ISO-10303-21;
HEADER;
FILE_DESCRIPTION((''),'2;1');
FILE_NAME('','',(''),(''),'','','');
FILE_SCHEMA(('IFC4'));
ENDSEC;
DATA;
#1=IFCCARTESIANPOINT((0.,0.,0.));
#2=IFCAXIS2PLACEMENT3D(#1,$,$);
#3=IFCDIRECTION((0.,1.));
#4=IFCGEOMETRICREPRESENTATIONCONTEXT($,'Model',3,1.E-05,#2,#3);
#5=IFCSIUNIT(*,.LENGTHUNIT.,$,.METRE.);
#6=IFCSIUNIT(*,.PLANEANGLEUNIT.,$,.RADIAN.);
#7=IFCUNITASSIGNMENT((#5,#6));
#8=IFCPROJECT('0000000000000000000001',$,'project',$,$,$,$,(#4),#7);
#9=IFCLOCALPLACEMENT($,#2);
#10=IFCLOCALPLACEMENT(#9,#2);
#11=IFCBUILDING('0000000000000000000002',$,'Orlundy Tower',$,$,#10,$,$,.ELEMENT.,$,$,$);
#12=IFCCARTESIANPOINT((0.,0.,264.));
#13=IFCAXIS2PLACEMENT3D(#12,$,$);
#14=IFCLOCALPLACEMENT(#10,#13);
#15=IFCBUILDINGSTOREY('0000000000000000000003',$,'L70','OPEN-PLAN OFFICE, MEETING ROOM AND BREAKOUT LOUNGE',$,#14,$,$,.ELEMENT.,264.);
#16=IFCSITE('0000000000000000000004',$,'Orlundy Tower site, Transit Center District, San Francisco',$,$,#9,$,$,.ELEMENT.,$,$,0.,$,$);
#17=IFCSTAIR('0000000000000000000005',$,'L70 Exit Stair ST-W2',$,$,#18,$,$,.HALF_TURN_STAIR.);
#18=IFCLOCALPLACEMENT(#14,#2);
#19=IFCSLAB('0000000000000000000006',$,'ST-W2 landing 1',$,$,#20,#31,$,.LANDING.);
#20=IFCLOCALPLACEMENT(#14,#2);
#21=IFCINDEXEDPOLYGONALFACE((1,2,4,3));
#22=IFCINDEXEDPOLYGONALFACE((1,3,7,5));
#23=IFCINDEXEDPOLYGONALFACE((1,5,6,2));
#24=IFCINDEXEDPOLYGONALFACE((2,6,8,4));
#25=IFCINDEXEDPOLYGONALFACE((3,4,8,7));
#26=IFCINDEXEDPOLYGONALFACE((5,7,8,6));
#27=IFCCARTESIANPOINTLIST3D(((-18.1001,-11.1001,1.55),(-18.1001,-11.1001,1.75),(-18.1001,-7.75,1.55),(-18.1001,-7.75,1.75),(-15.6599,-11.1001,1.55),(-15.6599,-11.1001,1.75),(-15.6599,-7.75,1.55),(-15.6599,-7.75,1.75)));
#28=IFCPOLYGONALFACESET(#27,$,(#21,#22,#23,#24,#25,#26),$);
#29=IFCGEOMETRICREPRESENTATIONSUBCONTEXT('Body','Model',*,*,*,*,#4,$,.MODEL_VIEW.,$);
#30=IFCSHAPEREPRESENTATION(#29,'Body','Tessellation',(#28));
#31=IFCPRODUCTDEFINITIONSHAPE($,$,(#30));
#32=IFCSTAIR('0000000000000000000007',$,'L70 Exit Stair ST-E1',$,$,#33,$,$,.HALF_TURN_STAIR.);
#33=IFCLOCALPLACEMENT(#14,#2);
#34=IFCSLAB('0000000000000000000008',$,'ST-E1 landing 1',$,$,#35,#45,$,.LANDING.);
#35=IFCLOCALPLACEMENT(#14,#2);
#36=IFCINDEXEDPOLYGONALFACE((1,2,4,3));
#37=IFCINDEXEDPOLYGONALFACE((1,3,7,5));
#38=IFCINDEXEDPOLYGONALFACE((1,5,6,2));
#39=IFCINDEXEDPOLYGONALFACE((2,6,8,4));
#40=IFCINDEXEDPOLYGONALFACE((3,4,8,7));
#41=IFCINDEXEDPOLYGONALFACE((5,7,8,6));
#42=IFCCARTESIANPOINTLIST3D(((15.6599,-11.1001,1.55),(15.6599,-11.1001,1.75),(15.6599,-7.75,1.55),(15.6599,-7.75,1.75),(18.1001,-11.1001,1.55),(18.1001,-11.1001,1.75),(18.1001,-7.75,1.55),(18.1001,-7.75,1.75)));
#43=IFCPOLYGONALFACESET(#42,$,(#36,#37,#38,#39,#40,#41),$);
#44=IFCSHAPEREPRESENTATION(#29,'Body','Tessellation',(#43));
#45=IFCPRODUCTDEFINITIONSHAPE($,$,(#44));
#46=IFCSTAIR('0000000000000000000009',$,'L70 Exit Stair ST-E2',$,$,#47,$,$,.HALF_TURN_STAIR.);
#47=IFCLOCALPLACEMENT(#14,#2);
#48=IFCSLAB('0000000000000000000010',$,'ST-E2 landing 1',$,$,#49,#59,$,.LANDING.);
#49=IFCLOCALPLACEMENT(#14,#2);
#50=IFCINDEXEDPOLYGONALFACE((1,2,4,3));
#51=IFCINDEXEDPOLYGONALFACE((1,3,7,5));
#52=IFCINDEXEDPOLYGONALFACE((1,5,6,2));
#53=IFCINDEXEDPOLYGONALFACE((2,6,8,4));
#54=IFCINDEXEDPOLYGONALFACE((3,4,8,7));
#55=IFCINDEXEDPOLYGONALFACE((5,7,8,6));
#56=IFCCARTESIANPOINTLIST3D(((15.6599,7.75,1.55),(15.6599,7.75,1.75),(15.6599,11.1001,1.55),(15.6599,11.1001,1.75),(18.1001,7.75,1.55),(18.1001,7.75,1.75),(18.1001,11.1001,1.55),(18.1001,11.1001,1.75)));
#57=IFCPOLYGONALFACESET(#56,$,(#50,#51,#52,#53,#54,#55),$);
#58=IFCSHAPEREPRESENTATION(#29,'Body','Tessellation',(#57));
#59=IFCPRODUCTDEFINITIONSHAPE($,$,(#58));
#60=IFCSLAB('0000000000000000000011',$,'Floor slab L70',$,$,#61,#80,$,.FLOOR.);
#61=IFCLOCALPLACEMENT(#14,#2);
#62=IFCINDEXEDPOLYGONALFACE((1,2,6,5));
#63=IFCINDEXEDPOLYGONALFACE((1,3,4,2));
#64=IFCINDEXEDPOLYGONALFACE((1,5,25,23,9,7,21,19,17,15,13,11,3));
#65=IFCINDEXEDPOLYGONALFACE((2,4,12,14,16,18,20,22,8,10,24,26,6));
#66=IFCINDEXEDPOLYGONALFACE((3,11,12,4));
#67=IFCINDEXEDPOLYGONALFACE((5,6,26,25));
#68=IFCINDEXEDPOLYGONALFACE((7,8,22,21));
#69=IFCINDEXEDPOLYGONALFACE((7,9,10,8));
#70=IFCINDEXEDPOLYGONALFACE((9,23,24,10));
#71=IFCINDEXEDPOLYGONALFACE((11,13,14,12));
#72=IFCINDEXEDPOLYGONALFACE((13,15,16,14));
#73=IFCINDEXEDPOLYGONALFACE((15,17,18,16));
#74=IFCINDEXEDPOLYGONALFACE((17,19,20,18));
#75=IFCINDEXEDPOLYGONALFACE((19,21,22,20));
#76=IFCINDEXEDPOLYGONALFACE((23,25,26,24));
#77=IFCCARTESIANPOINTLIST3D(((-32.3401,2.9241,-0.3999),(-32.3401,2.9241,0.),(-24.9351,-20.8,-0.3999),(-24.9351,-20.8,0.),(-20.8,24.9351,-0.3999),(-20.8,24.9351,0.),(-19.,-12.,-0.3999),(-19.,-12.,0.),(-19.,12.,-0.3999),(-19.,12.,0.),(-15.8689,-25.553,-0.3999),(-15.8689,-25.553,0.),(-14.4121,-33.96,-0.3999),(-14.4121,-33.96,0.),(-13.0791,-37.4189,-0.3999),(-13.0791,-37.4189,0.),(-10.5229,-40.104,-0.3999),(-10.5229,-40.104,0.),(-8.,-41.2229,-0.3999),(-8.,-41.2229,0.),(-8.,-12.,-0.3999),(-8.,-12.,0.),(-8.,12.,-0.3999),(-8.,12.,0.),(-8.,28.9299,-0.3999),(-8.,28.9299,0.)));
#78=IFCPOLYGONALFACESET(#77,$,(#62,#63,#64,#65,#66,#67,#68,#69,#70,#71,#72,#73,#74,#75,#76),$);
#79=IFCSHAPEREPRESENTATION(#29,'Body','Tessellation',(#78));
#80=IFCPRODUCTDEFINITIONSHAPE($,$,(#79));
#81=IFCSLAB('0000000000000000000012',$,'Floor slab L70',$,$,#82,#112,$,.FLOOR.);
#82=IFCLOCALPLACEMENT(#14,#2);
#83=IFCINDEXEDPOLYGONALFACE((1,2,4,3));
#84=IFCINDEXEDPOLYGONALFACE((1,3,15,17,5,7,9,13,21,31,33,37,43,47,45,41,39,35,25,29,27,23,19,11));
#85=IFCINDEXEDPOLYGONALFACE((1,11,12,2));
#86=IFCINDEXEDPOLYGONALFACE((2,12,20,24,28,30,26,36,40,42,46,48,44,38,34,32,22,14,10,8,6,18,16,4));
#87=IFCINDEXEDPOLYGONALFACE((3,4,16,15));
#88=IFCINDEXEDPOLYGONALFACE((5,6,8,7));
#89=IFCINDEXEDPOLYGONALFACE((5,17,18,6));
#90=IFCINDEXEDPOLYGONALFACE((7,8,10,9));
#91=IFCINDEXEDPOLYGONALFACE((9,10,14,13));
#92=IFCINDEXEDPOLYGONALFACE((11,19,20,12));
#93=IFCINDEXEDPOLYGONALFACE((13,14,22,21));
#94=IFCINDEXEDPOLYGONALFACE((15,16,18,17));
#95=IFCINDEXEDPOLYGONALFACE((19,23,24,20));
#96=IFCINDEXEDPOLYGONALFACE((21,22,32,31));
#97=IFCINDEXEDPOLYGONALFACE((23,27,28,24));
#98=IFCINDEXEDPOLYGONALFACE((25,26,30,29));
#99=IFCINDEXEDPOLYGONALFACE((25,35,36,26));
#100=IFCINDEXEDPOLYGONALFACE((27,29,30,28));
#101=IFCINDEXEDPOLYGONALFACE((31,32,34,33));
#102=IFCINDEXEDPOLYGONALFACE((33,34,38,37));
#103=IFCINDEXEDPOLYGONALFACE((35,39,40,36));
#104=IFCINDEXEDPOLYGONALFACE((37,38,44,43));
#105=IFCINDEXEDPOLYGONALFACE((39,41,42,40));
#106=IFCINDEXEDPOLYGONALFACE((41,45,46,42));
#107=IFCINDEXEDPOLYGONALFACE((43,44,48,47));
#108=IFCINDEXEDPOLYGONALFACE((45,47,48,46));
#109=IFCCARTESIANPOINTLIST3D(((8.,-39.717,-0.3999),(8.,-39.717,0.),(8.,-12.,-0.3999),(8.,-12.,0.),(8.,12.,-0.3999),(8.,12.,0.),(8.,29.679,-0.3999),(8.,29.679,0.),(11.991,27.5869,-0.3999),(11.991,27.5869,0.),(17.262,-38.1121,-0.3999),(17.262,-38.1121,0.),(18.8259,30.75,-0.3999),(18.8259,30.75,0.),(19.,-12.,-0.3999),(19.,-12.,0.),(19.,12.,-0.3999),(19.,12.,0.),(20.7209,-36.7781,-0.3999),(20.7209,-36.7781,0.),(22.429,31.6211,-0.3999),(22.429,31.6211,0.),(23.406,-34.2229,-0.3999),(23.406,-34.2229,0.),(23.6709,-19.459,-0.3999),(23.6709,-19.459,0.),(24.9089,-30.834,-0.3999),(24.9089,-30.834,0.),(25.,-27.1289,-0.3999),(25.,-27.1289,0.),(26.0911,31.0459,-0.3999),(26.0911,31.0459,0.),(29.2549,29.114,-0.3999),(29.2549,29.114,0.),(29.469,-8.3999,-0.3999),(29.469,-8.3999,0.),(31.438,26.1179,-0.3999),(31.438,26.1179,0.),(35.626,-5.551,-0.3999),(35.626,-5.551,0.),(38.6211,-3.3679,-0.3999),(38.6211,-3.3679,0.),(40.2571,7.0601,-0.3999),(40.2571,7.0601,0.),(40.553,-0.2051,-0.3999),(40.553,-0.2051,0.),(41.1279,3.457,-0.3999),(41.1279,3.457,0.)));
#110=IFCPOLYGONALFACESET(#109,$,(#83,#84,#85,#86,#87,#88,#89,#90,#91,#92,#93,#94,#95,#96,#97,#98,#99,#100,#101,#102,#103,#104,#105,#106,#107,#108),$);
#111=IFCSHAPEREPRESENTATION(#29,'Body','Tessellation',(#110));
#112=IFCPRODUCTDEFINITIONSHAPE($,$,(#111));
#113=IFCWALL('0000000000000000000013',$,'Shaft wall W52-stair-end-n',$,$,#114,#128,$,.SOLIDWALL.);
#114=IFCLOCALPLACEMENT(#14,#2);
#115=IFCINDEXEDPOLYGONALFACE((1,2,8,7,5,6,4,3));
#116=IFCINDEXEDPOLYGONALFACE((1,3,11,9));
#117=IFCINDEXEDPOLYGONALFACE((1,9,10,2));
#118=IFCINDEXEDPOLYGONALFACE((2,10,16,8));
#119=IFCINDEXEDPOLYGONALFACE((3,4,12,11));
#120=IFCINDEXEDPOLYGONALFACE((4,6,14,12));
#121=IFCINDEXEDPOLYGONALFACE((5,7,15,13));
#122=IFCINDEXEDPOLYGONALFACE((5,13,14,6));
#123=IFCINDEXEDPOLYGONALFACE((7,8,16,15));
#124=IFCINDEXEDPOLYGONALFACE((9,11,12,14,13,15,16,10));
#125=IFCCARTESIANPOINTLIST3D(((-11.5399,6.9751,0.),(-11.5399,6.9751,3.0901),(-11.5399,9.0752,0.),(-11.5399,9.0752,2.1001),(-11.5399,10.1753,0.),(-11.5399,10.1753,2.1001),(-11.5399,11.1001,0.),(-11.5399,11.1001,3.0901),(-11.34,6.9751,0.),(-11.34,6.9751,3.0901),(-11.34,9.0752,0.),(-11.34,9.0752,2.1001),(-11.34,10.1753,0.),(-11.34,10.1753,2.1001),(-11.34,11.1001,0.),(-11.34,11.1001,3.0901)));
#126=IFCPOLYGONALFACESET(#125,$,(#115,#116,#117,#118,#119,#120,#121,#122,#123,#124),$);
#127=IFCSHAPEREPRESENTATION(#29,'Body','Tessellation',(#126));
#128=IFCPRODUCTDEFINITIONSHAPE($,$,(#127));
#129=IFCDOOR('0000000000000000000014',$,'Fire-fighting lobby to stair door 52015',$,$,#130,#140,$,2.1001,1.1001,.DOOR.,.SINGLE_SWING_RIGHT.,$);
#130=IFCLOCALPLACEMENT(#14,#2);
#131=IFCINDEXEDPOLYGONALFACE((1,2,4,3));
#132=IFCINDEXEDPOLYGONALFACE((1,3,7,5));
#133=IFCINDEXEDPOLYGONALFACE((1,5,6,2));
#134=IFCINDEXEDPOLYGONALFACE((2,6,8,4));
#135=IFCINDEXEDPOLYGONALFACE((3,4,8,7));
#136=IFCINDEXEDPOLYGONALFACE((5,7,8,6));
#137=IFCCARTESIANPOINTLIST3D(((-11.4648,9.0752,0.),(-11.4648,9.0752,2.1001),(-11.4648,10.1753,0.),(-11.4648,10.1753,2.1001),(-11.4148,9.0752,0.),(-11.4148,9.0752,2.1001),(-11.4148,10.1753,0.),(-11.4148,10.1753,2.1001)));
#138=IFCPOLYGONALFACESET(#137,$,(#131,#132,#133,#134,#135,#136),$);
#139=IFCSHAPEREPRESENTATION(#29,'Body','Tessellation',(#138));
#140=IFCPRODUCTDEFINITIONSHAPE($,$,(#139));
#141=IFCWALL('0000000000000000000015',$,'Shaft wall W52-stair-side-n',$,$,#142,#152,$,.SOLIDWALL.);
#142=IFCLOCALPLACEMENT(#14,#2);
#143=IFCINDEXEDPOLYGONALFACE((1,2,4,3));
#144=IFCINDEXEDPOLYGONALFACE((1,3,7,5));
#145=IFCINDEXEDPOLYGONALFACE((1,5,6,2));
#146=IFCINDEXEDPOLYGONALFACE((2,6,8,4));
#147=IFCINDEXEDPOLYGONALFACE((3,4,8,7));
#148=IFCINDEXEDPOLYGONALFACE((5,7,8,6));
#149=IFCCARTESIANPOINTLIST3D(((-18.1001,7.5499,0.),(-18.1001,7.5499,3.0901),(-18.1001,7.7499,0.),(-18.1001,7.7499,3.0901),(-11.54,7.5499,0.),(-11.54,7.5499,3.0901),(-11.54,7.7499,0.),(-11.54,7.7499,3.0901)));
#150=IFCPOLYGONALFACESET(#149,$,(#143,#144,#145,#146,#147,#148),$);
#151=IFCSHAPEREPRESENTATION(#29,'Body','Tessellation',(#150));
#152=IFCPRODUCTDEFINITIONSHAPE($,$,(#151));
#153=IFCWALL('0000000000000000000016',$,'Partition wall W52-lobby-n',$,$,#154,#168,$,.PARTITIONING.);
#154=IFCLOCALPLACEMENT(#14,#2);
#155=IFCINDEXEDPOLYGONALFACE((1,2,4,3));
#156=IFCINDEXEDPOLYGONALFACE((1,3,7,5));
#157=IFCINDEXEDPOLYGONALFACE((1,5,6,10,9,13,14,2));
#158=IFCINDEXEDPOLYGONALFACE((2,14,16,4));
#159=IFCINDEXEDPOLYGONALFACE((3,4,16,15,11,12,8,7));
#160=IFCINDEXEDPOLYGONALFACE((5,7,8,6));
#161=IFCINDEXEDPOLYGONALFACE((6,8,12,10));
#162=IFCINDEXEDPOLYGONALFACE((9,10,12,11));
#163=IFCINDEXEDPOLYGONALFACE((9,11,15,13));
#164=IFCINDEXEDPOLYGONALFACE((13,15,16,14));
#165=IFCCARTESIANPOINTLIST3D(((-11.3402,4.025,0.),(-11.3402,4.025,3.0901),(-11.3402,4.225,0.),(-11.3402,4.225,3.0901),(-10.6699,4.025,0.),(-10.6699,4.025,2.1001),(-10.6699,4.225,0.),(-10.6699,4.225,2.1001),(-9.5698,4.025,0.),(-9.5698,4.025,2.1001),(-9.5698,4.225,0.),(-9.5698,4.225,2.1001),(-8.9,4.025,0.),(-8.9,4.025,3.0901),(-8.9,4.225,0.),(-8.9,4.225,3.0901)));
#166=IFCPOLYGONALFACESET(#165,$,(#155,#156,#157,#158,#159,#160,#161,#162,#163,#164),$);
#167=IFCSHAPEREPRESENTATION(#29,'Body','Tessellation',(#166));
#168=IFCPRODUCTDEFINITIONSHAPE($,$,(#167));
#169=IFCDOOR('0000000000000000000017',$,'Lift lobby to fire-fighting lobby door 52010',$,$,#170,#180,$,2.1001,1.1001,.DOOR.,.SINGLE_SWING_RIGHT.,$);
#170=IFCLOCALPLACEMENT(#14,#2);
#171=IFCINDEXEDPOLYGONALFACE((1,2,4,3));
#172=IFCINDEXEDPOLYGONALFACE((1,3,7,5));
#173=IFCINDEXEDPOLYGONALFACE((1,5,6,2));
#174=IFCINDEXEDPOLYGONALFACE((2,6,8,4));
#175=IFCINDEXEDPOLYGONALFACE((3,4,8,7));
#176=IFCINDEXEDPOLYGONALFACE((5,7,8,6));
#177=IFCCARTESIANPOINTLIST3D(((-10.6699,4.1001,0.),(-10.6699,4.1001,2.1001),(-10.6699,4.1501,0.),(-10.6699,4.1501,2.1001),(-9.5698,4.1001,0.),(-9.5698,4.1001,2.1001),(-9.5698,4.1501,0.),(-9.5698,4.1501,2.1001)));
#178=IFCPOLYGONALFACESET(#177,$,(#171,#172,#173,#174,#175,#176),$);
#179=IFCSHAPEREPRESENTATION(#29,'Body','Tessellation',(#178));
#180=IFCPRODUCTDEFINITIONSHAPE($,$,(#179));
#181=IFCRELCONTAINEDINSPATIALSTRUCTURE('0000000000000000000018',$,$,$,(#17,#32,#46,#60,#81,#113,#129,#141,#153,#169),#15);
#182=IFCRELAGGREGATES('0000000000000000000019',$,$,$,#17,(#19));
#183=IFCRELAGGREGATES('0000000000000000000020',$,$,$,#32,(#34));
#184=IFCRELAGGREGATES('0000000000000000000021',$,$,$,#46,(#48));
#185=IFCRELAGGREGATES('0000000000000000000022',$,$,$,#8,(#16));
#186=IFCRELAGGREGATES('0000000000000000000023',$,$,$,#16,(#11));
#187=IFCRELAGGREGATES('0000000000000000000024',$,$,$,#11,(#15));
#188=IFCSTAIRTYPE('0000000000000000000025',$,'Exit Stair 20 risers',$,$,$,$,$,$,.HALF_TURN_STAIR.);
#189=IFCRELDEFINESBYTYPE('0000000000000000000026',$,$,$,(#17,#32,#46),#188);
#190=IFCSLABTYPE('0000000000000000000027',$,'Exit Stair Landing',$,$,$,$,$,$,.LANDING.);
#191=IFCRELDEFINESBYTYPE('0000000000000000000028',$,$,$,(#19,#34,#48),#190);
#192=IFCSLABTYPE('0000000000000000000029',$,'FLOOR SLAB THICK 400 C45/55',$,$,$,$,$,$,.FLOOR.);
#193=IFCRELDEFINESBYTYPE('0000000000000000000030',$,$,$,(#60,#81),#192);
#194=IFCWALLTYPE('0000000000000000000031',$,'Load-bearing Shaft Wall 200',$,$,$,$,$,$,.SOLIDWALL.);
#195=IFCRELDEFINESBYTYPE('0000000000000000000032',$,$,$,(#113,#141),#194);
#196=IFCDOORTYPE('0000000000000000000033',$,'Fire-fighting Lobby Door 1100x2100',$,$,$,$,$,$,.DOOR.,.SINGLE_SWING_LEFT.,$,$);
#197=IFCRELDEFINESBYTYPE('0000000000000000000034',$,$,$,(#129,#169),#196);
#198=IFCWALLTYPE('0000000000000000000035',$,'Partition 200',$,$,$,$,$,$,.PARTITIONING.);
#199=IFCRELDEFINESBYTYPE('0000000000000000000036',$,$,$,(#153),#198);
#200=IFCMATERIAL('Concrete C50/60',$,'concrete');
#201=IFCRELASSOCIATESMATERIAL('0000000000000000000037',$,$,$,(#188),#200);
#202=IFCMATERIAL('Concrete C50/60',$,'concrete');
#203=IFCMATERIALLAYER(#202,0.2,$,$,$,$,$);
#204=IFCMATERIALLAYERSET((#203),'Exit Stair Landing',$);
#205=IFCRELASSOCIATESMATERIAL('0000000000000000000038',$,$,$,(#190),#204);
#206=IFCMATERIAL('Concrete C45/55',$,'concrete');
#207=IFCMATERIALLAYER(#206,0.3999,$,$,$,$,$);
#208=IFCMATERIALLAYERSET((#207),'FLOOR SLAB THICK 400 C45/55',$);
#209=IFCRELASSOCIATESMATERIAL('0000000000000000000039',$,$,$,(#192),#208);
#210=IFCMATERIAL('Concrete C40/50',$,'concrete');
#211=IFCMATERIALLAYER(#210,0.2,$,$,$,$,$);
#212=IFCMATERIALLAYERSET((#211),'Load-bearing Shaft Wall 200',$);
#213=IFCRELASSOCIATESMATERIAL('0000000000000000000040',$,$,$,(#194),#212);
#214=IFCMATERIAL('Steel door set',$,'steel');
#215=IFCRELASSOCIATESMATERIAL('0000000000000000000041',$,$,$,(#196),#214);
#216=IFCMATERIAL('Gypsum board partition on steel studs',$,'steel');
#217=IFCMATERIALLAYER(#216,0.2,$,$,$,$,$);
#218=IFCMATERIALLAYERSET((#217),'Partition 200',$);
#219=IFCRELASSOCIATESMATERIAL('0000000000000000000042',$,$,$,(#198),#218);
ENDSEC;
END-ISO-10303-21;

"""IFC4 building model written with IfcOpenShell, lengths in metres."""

from ifc_helpers import new_model, si_unit, direction, frame, frame_2d, origin, place, context, subcontext, project, spatial, polyline, rectangle, outline, extrude, material, layer, layer_set, type_object, element, fill, aggregate, save


model = new_model("IFC4")

# Units and contexts
model_context = context("Model", 3, precision=1e-05, world=origin(), true_north=direction((0.0, 1.0)))
body_context = subcontext(model_context, "Body", "Model", "MODEL_VIEW")
ifc_project = project(units=[si_unit("LENGTHUNIT", "METRE"), si_unit("PLANEANGLEUNIT", "RADIAN")], contexts=[model_context])

# Site, building, storey
site_placement = place(None, origin())
site = spatial("IfcSite", under=ifc_project, at=site_placement, Name="Orlundy Tower site, Transit Center District, San Francisco", CompositionType="ELEMENT", RefElevation=0.0)
building_placement = place(site_placement, origin())
building = spatial("IfcBuilding", under=site, at=building_placement, Name="Orlundy Tower", CompositionType="ELEMENT")
storey_placement = place(building_placement, frame((0.0, 0.0, 264.0)))
storey = spatial("IfcBuildingStorey", under=building, at=storey_placement, Name="L70", Description="OPEN-PLAN OFFICE, MEETING ROOM AND BREAKOUT LOUNGE", CompositionType="ELEMENT", Elevation=264.0)

# Stairs, slabs
ifc_material_1 = material(Name="Concrete C50/60", Category="concrete")
stair_type = type_object("IfcStairType", Name="Exit Stair 20 risers", PredefinedType="HALF_TURN_STAIR", material=ifc_material_1)
ifc_material_2 = material(Name="Concrete C50/60", Category="concrete")
ifc_layer_1 = layer(ifc_material_2, 0.2)
ifc_layer_set_1 = layer_set([ifc_layer_1], Name="Exit Stair Landing")
slab_type_1 = type_object("IfcSlabType", Name="Exit Stair Landing", PredefinedType="LANDING", material=ifc_layer_set_1)
stair_1_placement = place(storey_placement, origin())
stair_1 = element("IfcStair", 1, at=stair_1_placement, inside=storey, type_object=stair_type, Name="L70 Exit Stair ST-W2", PredefinedType="HALF_TURN_STAIR")
slab_1_placement = place(storey_placement, frame((0.0, 0.0, 1.55)))
slab_1 = element("IfcSlab", 2, at=slab_1_placement, type_object=slab_type_1, Name="ST-W2 landing 1", PredefinedType="LANDING", context=body_context, shape_type="SweptSolid", body=[
    extrude(outline(polyline([(-15.6599, -7.75), (-18.1001, -7.75), (-18.1001, -11.1001), (-15.6599, -11.1001), (-15.6599, -7.75)])), origin(), (0.0, 0.0, 1.0), 0.2),
])
aggregate(stair_1, [slab_1])
stair_2_placement = place(storey_placement, origin())
stair_2 = element("IfcStair", 3, at=stair_2_placement, inside=storey, type_object=stair_type, Name="L70 Exit Stair ST-E1", PredefinedType="HALF_TURN_STAIR")
slab_2_placement = place(storey_placement, frame((0.0, 0.0, 1.55)))
slab_2 = element("IfcSlab", 4, at=slab_2_placement, type_object=slab_type_1, Name="ST-E1 landing 1", PredefinedType="LANDING", context=body_context, shape_type="SweptSolid", body=[
    extrude(outline(polyline([(15.6599, -11.1001), (18.1001, -11.1001), (18.1001, -7.75), (15.6599, -7.75), (15.6599, -11.1001)])), origin(), (0.0, 0.0, 1.0), 0.2),
])
aggregate(stair_2, [slab_2])
stair_3_placement = place(storey_placement, origin())
stair_3 = element("IfcStair", 5, at=stair_3_placement, inside=storey, type_object=stair_type, Name="L70 Exit Stair ST-E2", PredefinedType="HALF_TURN_STAIR")
slab_3_placement = place(storey_placement, frame((0.0, 0.0, 1.55)))
slab_3 = element("IfcSlab", 6, at=slab_3_placement, type_object=slab_type_1, Name="ST-E2 landing 1", PredefinedType="LANDING", context=body_context, shape_type="SweptSolid", body=[
    extrude(outline(polyline([(15.6599, 7.75), (18.1001, 7.75), (18.1001, 11.1001), (15.6599, 11.1001), (15.6599, 7.75)])), origin(), (0.0, 0.0, 1.0), 0.2),
])
aggregate(stair_3, [slab_3])

# Slabs
ifc_material_3 = material(Name="Concrete C45/55", Category="concrete")
ifc_layer_2 = layer(ifc_material_3, 0.3999)
ifc_layer_set_2 = layer_set([ifc_layer_2], Name="FLOOR SLAB THICK 400 C45/55")
slab_type_2 = type_object("IfcSlabType", Name="FLOOR SLAB THICK 400 C45/55", PredefinedType="FLOOR", material=ifc_layer_set_2)
slab_4_placement = place(storey_placement, frame((0.0, 0.0, -0.3999)))
element("IfcSlab", 7, at=slab_4_placement, inside=storey, type_object=slab_type_2, Name="Floor slab L70", PredefinedType="FLOOR", context=body_context, shape_type="SweptSolid", body=[
    extrude(outline(polyline([(-24.9351, -20.8), (-32.3401, 2.9241), (-20.8, 24.9351), (-8.0, 28.9299), (-8.0, 12.0), (-19.0, 12.0), (-19.0, -12.0), (-8.0, -12.0), (-8.0, -41.2229), (-10.5229, -40.104), (-13.0791, -37.4189), (-14.4121, -33.96), (-15.8689, -25.553), (-24.9351, -20.8)])), origin(), (0.0, 0.0, 1.0), 0.3999),
])
slab_5_placement = place(storey_placement, frame((0.0, 0.0, -0.3999)))
element("IfcSlab", 8, at=slab_5_placement, inside=storey, type_object=slab_type_2, Name="Floor slab L70", PredefinedType="FLOOR", context=body_context, shape_type="SweptSolid", body=[
    extrude(outline(polyline([(18.8259, 30.75), (22.429, 31.6211), (26.0911, 31.0459), (29.2549, 29.114), (31.438, 26.1179), (40.2571, 7.0601), (41.1279, 3.457), (40.553, -0.2051), (38.6211, -3.3679), (35.626, -5.551), (29.469, -8.3999), (23.6709, -19.459), (25.0, -27.1289), (24.9089, -30.834), (23.406, -34.2229), (20.7209, -36.7781), (17.262, -38.1121), (8.0, -39.717), (8.0, -12.0), (19.0, -12.0), (19.0, 12.0), (8.0, 12.0), (8.0, 29.679), (11.991, 27.5869), (18.8259, 30.75)])), origin(), (0.0, 0.0, 1.0), 0.3999),
])

# Wall, opening, door
ifc_material_4 = material(Name="Concrete C40/50", Category="concrete")
ifc_layer_3 = layer(ifc_material_4, 0.2)
ifc_layer_set_3 = layer_set([ifc_layer_3], Name="Load-bearing Shaft Wall 200")
wall_type_1 = type_object("IfcWallType", Name="Load-bearing Shaft Wall 200", PredefinedType="SOLIDWALL", material=ifc_layer_set_3)
wall_1_placement = place(storey_placement, frame((-11.4399, 6.9751, 0.0), z_axis=(0.0, 0.0, 1.0), x_axis=(0.0, 1.0, 0.0)))
wall_1 = element("IfcWall", 9, at=wall_1_placement, inside=storey, type_object=wall_type_1, Name="Shaft wall W52-stair-end-n", PredefinedType="SOLIDWALL", context=body_context, shape_type="SweptSolid", body=[
    extrude(rectangle(XDim=4.125, YDim=0.2, at=frame_2d((2.0625, 0.0))), origin(), (0.0, 0.0, 1.0), 3.0901),
])
opening_1_placement = place(wall_1_placement, frame((2.1001, 0.0, 0.0)))
opening_1 = element("IfcOpeningElement", 10, at=opening_1_placement, cuts=wall_1, PredefinedType="OPENING", context=body_context, shape_type="SweptSolid", body=[
    extrude(rectangle(XDim=1.1001, YDim=2.1001, at=frame_2d((0.55, 1.05))), frame((0.0, 0.1101, 0.0), z_axis=(0.0, -1.0, 0.0), x_axis=(1.0, 0.0, 0.0)), (0.0, 0.0, 1.0), 0.2202),
])
ifc_material_5 = material(Name="Steel door set", Category="steel")
door_type = type_object("IfcDoorType", Name="Fire-fighting Lobby Door 1100x2100", OperationType="SINGLE_SWING_LEFT", PredefinedType="DOOR", material=ifc_material_5)
door_1_placement = place(opening_1_placement, origin())
door_1 = element("IfcDoor", 11, at=door_1_placement, inside=storey, type_object=door_type, Name="Fire-fighting lobby to stair door 52015", OperationType="SINGLE_SWING_RIGHT", OverallHeight=2.1001, OverallWidth=1.1001, PredefinedType="DOOR", context=body_context, shape_type="SweptSolid", body=[
    extrude(rectangle(XDim=1.1001, YDim=2.1001, at=frame_2d((0.55, 1.05))), frame((0.0, 0.0249, 0.0), z_axis=(0.0, -1.0, 0.0), x_axis=(1.0, 0.0, 0.0)), (0.0, 0.0, 1.0), 0.05),
])
fill(opening_1, door_1)

# Wall
wall_2_placement = place(storey_placement, frame((-11.54, 7.6499, 0.0), z_axis=(0.0, 0.0, 1.0), x_axis=(-1.0, 0.0, 0.0)))
element("IfcWall", 12, at=wall_2_placement, inside=storey, type_object=wall_type_1, Name="Shaft wall W52-stair-side-n", PredefinedType="SOLIDWALL", context=body_context, shape_type="SweptSolid", body=[
    extrude(rectangle(XDim=6.5601, YDim=0.2, at=frame_2d((3.28, 0.0))), origin(), (0.0, 0.0, 1.0), 3.0901),
])

# Wall, opening, door
ifc_material_6 = material(Name="Gypsum board partition on steel studs", Category="steel")
ifc_layer_4 = layer(ifc_material_6, 0.2)
ifc_layer_set_4 = layer_set([ifc_layer_4], Name="Partition 200")
wall_type_2 = type_object("IfcWallType", Name="Partition 200", PredefinedType="PARTITIONING", material=ifc_layer_set_4)
wall_3_placement = place(storey_placement, frame((-8.8999, 4.125, 0.0), z_axis=(0.0, 0.0, 1.0), x_axis=(-1.0, 0.0, 0.0)))
wall_3 = element("IfcWall", 13, at=wall_3_placement, inside=storey, type_object=wall_type_2, Name="Partition wall W52-lobby-n", PredefinedType="PARTITIONING", context=body_context, shape_type="SweptSolid", body=[
    extrude(rectangle(XDim=2.4402, YDim=0.2, at=frame_2d((1.2202, 0.0))), origin(), (0.0, 0.0, 1.0), 3.0901),
])
opening_2_placement = place(wall_3_placement, frame((0.6699, 0.0, 0.0)))
opening_2 = element("IfcOpeningElement", 14, at=opening_2_placement, cuts=wall_3, PredefinedType="OPENING", context=body_context, shape_type="SweptSolid", body=[
    extrude(rectangle(XDim=1.1001, YDim=2.1001, at=frame_2d((0.55, 1.05))), frame((0.0, 0.1101, 0.0), z_axis=(0.0, -1.0, 0.0), x_axis=(1.0, 0.0, 0.0)), (0.0, 0.0, 1.0), 0.2202),
])
door_2_placement = place(opening_2_placement, origin())
door_2 = element("IfcDoor", 15, at=door_2_placement, inside=storey, type_object=door_type, Name="Lift lobby to fire-fighting lobby door 52010", OperationType="SINGLE_SWING_RIGHT", OverallHeight=2.1001, OverallWidth=1.1001, PredefinedType="DOOR", context=body_context, shape_type="SweptSolid", body=[
    extrude(rectangle(XDim=1.1001, YDim=2.1001, at=frame_2d((0.55, 1.05))), frame((0.0, 0.0249, 0.0), z_axis=(0.0, -1.0, 0.0), x_axis=(1.0, 0.0, 0.0)), (0.0, 0.0, 1.0), 0.05),
])
fill(opening_2, door_2)

save(model, "model.ifc")
